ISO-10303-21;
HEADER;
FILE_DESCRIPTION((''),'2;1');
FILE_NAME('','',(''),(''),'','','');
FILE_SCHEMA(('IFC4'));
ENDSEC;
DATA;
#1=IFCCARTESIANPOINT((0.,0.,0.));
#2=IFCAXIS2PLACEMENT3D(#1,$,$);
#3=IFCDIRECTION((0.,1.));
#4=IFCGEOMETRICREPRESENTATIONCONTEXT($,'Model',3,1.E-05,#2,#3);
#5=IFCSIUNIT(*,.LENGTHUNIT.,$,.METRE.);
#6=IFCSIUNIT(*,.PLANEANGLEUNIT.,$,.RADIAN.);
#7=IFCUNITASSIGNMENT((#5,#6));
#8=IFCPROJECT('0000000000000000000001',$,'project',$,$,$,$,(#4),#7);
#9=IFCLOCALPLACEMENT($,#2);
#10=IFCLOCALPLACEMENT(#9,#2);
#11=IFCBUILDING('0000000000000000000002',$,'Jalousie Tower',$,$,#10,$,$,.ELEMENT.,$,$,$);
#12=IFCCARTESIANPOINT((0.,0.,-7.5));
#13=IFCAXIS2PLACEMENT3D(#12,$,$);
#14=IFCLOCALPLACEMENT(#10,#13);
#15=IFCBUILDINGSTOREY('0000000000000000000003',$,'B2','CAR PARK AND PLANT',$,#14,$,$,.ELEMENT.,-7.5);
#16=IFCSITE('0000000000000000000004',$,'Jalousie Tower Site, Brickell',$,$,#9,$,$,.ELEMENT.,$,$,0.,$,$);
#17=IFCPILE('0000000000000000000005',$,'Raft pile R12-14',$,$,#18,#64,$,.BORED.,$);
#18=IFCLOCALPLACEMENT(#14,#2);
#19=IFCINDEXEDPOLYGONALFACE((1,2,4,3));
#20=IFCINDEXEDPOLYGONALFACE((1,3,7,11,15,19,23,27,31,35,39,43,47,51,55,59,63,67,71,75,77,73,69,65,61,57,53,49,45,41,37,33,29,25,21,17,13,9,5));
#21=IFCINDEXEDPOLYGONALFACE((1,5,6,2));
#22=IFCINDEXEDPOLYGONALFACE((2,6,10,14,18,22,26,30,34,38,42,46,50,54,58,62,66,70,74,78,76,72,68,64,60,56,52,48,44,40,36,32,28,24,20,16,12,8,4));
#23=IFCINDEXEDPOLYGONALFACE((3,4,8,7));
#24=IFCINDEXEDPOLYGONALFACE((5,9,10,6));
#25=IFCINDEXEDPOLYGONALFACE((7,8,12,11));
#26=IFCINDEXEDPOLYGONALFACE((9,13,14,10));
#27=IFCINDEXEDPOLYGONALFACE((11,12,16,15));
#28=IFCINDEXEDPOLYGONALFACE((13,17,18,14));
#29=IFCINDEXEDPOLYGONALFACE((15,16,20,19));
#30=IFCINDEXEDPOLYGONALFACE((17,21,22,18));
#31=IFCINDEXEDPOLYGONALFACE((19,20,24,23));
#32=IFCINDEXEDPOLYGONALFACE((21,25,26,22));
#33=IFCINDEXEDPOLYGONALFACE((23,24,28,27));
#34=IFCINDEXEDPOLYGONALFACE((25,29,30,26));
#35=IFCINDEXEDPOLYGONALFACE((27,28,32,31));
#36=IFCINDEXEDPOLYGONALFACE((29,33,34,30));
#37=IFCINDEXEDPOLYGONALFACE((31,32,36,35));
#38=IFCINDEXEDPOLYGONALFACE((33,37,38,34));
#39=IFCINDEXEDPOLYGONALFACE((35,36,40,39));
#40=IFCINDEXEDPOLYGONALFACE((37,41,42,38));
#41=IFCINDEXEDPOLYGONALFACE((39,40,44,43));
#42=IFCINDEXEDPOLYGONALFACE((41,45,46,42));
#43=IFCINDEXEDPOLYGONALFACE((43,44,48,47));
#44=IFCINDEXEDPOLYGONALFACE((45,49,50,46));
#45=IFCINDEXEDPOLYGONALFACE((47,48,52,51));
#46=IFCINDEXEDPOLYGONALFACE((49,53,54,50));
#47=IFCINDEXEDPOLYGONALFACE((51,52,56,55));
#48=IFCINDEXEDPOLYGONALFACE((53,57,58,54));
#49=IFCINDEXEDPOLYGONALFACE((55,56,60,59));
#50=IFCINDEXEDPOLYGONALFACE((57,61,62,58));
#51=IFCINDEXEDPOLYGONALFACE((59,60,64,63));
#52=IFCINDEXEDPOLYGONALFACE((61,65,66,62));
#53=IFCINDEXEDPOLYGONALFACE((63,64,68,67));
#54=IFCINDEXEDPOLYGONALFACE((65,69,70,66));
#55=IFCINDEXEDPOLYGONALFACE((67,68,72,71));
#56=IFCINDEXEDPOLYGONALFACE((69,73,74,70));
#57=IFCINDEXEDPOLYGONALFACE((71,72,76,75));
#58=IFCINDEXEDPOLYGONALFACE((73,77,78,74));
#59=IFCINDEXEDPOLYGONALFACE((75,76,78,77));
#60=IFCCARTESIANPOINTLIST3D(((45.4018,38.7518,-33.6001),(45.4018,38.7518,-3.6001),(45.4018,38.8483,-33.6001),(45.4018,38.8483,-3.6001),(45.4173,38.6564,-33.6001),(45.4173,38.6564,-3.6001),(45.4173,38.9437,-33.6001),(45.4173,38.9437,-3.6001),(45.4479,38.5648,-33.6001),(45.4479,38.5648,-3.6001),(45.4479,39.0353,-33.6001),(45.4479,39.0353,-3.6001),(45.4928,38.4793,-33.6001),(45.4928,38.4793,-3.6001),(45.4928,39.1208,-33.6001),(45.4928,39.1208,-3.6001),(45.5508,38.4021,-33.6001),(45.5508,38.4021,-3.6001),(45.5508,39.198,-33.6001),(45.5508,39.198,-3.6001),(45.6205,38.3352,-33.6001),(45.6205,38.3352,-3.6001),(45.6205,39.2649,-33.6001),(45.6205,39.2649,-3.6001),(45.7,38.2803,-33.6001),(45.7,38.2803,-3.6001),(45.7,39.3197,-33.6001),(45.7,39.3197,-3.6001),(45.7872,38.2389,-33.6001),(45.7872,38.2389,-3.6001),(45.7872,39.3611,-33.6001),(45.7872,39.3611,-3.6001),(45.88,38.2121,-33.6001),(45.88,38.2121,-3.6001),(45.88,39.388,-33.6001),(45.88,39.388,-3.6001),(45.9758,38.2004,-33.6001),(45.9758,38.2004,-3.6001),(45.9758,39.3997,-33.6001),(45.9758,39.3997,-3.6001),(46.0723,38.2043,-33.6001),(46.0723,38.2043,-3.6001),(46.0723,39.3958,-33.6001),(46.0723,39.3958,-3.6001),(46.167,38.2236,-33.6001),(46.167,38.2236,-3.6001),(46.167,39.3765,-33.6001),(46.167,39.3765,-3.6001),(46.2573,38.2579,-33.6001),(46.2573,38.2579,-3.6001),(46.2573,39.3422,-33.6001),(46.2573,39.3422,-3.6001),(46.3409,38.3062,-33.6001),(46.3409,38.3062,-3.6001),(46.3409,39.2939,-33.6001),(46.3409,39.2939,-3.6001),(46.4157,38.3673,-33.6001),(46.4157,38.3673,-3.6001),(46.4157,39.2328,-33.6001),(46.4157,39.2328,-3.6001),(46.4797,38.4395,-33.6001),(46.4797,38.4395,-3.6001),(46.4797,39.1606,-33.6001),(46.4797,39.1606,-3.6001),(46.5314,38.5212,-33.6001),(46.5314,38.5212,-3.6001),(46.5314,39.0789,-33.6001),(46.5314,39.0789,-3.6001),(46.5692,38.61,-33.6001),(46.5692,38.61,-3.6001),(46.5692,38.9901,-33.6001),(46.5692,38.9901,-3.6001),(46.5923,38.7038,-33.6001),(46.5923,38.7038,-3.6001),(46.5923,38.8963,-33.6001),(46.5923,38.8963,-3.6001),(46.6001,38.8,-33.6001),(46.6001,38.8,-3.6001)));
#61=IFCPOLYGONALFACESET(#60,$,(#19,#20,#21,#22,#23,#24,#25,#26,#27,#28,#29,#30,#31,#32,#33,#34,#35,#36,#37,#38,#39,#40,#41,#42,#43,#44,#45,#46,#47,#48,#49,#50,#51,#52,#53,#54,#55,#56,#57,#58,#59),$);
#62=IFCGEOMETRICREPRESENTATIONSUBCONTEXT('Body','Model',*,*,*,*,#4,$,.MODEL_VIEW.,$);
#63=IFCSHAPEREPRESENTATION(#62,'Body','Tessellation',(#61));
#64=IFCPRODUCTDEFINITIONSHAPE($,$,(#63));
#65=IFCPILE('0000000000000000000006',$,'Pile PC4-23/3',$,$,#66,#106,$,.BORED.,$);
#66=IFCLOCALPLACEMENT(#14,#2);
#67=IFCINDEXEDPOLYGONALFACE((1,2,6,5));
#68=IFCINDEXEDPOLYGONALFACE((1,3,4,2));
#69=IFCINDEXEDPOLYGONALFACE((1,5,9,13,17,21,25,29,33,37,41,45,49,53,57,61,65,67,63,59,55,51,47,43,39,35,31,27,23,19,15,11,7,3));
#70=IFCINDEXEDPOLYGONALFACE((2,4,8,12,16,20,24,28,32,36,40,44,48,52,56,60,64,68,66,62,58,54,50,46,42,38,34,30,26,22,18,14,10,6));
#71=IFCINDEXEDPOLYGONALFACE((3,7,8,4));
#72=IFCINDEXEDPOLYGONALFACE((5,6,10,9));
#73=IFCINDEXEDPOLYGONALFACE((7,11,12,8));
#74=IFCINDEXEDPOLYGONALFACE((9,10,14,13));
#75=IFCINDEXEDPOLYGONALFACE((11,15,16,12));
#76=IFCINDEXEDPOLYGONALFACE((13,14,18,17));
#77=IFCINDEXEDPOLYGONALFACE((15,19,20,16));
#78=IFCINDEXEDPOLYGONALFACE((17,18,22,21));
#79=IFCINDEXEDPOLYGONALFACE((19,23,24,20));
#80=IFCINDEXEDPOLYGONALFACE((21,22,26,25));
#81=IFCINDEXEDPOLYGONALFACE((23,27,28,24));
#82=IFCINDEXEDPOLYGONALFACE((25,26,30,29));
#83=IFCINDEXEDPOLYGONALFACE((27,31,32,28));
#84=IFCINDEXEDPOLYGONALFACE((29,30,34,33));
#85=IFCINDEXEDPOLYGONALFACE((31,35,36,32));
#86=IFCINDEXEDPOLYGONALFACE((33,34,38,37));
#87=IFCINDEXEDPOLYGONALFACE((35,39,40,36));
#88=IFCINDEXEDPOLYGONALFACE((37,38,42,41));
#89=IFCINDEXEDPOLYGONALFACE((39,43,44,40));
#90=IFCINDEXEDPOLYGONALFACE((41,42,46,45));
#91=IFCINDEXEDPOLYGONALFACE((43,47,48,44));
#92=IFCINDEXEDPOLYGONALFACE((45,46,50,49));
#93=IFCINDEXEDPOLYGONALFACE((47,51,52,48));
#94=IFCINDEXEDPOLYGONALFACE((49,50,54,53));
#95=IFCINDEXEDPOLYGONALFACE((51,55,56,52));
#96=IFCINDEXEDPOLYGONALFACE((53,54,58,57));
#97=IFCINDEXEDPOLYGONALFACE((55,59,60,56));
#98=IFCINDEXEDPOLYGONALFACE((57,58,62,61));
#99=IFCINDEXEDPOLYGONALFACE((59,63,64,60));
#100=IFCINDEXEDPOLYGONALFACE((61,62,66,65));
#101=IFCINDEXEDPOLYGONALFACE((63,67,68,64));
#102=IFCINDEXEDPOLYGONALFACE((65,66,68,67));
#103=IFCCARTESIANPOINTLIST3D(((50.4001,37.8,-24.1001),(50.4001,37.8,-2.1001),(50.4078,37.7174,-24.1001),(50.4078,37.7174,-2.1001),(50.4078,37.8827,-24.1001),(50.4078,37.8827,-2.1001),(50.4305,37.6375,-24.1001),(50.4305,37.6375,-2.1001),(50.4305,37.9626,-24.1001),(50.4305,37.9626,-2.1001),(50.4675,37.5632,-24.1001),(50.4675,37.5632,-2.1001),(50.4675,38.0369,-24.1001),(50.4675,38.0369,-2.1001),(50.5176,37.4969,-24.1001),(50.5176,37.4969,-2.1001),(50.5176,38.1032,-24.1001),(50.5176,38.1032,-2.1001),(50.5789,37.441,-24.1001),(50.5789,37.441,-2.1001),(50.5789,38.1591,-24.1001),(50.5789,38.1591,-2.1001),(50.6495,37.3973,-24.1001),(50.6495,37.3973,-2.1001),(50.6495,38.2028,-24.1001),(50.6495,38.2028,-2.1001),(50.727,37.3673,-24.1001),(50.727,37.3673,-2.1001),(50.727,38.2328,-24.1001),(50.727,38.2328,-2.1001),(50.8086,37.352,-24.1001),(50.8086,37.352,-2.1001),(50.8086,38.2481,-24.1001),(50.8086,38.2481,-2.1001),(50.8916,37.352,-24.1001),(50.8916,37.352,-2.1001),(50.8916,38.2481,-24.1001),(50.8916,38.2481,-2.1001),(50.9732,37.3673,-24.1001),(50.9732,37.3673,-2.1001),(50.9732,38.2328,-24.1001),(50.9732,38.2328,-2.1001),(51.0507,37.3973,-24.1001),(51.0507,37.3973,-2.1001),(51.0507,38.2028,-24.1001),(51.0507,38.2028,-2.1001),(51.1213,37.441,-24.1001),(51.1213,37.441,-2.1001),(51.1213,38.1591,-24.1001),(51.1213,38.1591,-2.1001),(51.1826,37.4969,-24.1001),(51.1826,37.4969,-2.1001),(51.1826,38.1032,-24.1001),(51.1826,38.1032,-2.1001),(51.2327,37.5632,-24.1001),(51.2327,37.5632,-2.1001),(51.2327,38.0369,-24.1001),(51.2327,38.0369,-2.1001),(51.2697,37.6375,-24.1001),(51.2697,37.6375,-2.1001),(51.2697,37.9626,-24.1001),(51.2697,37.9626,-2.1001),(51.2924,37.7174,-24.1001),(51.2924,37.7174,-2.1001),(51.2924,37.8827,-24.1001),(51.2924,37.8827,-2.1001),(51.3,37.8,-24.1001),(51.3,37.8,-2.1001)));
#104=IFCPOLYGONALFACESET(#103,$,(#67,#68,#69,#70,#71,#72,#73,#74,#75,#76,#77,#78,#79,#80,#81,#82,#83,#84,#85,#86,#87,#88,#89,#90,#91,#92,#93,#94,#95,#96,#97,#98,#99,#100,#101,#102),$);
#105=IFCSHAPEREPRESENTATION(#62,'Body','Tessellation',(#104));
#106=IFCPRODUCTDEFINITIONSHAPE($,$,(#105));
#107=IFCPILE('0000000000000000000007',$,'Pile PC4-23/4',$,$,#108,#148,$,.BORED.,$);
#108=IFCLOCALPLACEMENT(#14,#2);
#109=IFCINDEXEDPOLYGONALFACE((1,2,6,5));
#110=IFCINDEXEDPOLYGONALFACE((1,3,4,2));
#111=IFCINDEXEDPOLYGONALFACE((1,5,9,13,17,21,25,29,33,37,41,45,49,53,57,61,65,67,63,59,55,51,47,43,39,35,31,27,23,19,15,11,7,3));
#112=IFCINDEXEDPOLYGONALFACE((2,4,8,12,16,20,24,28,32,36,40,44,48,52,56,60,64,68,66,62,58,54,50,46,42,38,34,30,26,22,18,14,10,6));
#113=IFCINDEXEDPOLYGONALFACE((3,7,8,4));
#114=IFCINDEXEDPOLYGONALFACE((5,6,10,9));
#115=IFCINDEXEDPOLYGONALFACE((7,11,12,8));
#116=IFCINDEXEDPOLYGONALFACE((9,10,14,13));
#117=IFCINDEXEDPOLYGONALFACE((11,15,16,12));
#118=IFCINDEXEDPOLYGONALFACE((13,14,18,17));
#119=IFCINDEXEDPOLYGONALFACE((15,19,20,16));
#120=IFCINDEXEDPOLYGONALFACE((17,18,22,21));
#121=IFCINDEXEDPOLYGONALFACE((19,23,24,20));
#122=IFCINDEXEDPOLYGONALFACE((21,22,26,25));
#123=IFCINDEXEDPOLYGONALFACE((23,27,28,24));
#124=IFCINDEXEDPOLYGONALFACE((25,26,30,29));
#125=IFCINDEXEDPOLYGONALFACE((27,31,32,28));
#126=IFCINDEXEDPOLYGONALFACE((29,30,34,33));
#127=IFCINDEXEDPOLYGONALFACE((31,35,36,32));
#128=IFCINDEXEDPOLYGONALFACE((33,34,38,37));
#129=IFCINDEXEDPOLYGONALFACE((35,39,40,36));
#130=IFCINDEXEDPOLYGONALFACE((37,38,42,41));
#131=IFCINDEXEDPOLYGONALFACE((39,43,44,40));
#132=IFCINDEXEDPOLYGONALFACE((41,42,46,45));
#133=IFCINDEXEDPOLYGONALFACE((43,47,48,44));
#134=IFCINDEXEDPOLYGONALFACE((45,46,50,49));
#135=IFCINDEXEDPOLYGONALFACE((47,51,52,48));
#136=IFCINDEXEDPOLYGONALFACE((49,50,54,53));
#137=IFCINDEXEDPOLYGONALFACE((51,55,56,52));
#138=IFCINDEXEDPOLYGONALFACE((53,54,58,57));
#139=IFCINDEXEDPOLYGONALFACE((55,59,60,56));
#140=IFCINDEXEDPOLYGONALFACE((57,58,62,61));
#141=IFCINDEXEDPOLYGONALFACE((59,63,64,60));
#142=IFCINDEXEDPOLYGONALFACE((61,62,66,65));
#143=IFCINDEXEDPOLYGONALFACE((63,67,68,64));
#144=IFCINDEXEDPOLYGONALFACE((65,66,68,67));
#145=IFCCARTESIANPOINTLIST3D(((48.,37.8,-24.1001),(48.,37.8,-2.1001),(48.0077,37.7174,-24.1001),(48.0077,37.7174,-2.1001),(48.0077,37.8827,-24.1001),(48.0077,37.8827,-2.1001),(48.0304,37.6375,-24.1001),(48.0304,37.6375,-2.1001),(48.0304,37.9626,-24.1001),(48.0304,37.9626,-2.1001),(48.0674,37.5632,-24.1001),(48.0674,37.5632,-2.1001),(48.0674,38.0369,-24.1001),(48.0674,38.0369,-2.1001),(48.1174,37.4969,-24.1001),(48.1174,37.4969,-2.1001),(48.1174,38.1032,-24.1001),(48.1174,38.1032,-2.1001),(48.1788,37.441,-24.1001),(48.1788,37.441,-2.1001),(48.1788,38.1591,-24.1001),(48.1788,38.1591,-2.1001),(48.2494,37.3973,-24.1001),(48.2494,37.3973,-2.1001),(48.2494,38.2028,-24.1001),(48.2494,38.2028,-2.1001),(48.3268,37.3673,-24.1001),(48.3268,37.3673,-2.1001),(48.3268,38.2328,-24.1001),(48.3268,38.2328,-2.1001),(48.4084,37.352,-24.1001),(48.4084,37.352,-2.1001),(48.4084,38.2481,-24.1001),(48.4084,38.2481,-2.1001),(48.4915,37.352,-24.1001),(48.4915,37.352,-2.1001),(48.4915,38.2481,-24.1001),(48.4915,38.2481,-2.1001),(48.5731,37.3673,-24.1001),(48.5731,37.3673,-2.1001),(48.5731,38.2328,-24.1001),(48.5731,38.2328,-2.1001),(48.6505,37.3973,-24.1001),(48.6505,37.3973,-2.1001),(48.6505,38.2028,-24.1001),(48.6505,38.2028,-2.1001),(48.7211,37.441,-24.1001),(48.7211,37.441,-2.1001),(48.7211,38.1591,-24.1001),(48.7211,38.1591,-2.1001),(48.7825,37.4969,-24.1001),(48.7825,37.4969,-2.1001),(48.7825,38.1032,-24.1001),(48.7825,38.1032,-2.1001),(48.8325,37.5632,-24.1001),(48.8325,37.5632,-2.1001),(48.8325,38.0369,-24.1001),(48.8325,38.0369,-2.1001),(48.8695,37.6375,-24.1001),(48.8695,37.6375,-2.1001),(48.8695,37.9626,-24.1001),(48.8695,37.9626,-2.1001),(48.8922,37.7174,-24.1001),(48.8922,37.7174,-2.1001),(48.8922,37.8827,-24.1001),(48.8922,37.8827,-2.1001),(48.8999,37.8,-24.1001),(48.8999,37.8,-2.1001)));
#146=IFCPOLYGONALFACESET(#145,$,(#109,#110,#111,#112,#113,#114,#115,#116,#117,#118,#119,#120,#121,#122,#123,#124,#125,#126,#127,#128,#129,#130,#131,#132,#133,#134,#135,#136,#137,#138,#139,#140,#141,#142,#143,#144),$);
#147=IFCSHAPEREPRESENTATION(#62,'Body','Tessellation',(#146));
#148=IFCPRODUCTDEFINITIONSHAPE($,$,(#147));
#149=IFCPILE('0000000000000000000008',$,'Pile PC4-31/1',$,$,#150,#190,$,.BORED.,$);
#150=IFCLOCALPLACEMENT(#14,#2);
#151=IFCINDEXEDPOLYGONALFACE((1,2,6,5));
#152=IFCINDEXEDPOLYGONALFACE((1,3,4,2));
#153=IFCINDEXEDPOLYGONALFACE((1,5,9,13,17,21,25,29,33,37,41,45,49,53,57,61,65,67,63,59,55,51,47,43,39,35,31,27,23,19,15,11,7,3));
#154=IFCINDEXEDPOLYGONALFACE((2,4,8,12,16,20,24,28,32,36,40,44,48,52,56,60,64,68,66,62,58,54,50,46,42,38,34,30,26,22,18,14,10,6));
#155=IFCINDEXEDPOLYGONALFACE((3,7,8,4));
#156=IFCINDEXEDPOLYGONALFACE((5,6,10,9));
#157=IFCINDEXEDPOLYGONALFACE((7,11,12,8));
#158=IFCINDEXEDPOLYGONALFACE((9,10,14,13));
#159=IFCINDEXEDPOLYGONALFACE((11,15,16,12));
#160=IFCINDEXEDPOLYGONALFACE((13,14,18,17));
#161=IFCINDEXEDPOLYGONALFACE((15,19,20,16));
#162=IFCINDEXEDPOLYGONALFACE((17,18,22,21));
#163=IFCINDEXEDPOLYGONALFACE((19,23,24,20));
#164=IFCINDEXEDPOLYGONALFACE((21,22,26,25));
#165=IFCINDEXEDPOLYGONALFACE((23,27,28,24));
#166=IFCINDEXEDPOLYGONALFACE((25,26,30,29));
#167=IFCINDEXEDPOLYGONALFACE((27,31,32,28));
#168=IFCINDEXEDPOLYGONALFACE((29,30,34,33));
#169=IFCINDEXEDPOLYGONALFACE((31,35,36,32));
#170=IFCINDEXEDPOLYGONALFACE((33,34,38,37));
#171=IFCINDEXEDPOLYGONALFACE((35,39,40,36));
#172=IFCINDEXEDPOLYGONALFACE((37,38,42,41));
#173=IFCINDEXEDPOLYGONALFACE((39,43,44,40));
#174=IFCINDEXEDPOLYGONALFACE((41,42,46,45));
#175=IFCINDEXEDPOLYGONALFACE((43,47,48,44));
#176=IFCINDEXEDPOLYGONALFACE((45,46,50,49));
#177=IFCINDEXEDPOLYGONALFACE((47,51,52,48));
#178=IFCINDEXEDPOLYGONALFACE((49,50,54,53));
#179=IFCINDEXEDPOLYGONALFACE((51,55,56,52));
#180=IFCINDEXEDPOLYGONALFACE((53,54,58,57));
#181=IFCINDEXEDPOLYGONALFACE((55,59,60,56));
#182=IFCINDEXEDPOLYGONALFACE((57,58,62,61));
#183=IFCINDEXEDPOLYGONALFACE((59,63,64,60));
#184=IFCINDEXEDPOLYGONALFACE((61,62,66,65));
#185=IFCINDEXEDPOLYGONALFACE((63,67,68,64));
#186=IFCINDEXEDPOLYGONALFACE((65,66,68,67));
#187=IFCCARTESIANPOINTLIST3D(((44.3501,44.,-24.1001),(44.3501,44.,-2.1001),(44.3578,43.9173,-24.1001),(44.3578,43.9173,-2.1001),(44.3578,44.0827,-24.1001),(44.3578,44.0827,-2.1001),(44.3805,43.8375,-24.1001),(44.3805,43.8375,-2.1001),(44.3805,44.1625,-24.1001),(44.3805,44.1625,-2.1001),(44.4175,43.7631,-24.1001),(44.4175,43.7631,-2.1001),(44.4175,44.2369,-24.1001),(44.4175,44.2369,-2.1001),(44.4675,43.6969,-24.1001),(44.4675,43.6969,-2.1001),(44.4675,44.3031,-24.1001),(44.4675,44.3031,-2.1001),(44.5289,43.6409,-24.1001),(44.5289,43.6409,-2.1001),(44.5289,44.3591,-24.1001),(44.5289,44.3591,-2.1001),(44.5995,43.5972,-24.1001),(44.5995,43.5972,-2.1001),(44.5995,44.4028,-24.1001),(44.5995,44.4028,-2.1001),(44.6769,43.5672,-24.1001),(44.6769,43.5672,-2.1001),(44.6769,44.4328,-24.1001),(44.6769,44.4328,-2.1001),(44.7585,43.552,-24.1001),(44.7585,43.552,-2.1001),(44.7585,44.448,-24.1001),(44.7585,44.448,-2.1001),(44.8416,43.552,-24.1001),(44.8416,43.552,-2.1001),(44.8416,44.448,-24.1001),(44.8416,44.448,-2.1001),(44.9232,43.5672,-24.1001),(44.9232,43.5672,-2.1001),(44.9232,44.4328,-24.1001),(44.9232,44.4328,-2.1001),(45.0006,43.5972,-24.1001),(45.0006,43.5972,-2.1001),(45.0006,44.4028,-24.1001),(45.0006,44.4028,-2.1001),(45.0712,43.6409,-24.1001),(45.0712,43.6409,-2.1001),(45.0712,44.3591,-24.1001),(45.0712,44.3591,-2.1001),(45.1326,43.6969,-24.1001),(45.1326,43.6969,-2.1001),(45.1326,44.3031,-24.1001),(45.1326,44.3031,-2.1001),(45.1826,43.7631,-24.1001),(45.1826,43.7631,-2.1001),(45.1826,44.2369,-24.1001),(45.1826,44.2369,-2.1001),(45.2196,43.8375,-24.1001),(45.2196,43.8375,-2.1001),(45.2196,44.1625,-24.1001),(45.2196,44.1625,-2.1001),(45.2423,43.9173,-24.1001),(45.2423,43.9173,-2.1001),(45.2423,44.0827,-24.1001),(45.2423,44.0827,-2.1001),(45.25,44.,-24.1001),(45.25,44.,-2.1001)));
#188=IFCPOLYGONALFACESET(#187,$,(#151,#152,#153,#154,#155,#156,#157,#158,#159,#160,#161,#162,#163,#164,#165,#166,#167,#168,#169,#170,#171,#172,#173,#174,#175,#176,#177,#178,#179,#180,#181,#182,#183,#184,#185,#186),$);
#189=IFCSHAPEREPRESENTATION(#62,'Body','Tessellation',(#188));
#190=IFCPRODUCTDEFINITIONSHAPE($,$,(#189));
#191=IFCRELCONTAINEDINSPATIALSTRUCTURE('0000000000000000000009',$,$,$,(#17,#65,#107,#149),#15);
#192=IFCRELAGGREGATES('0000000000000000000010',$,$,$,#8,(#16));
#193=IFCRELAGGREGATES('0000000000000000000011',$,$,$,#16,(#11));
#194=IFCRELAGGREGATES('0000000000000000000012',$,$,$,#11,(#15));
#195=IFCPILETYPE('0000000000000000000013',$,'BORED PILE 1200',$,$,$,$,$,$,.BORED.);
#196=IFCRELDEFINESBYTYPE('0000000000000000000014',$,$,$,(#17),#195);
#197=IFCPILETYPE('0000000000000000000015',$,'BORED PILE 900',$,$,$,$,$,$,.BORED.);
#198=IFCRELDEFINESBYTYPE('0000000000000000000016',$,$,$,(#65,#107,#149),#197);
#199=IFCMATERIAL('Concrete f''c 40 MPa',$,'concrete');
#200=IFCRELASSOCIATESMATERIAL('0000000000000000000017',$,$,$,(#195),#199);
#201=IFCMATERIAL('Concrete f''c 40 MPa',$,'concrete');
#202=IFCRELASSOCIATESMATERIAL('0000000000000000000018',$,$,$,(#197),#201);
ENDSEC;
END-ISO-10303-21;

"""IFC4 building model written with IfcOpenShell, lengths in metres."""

from ifc_helpers import new_model, si_unit, direction, frame, origin, origin_2d, place, context, subcontext, project, spatial, circle, extrude, material, material_profile, profile_set, type_object, element, save


model = new_model("IFC4")

# Units and contexts
model_context = context("Model", 3, precision=1e-05, world=origin(), true_north=direction((0.0, 1.0)))
body_context = subcontext(model_context, "Body", "Model", "MODEL_VIEW")
ifc_project = project(units=[si_unit("LENGTHUNIT", "METRE"), si_unit("PLANEANGLEUNIT", "RADIAN")], contexts=[model_context])

# Site, building, storey
site_placement = place(None, origin())
site = spatial("IfcSite", under=ifc_project, at=site_placement, Name="Jalousie Tower Site, Brickell", CompositionType="ELEMENT", RefElevation=0.0)
building_placement = place(site_placement, origin())
building = spatial("IfcBuilding", under=site, at=building_placement, Name="Jalousie Tower", CompositionType="ELEMENT")
storey_placement = place(building_placement, frame((0.0, 0.0, -7.5)))
storey = spatial("IfcBuildingStorey", under=building, at=storey_placement, Name="B2", Description="CAR PARK AND PLANT", CompositionType="ELEMENT", Elevation=-7.5)

# Piles
ifc_material_1 = material(Name="Concrete f'c 40 MPa", Category="concrete")
ifc_material_profile_1 = material_profile(ifc_material_1, circle(Radius=0.6001, at=origin_2d()), Name="BORED PILE D1200")
ifc_profile_set_1 = profile_set([ifc_material_profile_1], Name="Concrete f'c 40 MPa")
pile_type_1 = type_object("IfcPileType", Name="BORED PILE 1200", PredefinedType="BORED", material=ifc_profile_set_1)
pile_placement = place(storey_placement, frame((46.0, 38.8, -3.6001), z_axis=(0.0, 0.0, -1.0), x_axis=(1.0, 0.0, 0.0)))
element("IfcPile", 1, at=pile_placement, inside=storey, type_object=pile_type_1, Name="Raft pile R12-14", PredefinedType="BORED", context=body_context, shape_type="SweptSolid", body=[
    extrude(circle(Radius=0.6001, at=origin_2d()), origin(), (0.0, 0.0, 1.0), 30.0),
])
ifc_material_2 = material(Name="Concrete f'c 40 MPa", Category="concrete")
ifc_material_profile_2 = material_profile(ifc_material_2, circle(Radius=0.45, at=origin_2d()), Name="BORED PILE D900")
ifc_profile_set_2 = profile_set([ifc_material_profile_2], Name="Concrete f'c 40 MPa")
pile_type_2 = type_object("IfcPileType", Name="BORED PILE 900", PredefinedType="BORED", material=ifc_profile_set_2)
for number, where, z_axis, x_axis, name in (
    (2, (50.8501, 37.8, -2.1001), (0.0, 0.0, -1.0), (1.0, 0.0, 0.0), "Pile PC4-23/3"),
    (3, (48.45, 37.8, -2.1001), (0.0, 0.0, -1.0), (1.0, 0.0, 0.0), "Pile PC4-23/4"),
    (4, (44.8, 44.0, -2.1001), (0.0, 0.0, -1.0), (1.0, 0.0, 0.0), "Pile PC4-31/1"),
):
    element("IfcPile", number, at=place(storey_placement, frame(where, z_axis=z_axis, x_axis=x_axis)), inside=storey, type_object=pile_type_2, Name=name, PredefinedType="BORED", context=body_context, shape_type="SweptSolid", body=[
        extrude(circle(Radius=0.45, at=origin_2d()), origin(), (0.0, 0.0, 1.0), 22.0),
    ])

save(model, "model.ifc")
